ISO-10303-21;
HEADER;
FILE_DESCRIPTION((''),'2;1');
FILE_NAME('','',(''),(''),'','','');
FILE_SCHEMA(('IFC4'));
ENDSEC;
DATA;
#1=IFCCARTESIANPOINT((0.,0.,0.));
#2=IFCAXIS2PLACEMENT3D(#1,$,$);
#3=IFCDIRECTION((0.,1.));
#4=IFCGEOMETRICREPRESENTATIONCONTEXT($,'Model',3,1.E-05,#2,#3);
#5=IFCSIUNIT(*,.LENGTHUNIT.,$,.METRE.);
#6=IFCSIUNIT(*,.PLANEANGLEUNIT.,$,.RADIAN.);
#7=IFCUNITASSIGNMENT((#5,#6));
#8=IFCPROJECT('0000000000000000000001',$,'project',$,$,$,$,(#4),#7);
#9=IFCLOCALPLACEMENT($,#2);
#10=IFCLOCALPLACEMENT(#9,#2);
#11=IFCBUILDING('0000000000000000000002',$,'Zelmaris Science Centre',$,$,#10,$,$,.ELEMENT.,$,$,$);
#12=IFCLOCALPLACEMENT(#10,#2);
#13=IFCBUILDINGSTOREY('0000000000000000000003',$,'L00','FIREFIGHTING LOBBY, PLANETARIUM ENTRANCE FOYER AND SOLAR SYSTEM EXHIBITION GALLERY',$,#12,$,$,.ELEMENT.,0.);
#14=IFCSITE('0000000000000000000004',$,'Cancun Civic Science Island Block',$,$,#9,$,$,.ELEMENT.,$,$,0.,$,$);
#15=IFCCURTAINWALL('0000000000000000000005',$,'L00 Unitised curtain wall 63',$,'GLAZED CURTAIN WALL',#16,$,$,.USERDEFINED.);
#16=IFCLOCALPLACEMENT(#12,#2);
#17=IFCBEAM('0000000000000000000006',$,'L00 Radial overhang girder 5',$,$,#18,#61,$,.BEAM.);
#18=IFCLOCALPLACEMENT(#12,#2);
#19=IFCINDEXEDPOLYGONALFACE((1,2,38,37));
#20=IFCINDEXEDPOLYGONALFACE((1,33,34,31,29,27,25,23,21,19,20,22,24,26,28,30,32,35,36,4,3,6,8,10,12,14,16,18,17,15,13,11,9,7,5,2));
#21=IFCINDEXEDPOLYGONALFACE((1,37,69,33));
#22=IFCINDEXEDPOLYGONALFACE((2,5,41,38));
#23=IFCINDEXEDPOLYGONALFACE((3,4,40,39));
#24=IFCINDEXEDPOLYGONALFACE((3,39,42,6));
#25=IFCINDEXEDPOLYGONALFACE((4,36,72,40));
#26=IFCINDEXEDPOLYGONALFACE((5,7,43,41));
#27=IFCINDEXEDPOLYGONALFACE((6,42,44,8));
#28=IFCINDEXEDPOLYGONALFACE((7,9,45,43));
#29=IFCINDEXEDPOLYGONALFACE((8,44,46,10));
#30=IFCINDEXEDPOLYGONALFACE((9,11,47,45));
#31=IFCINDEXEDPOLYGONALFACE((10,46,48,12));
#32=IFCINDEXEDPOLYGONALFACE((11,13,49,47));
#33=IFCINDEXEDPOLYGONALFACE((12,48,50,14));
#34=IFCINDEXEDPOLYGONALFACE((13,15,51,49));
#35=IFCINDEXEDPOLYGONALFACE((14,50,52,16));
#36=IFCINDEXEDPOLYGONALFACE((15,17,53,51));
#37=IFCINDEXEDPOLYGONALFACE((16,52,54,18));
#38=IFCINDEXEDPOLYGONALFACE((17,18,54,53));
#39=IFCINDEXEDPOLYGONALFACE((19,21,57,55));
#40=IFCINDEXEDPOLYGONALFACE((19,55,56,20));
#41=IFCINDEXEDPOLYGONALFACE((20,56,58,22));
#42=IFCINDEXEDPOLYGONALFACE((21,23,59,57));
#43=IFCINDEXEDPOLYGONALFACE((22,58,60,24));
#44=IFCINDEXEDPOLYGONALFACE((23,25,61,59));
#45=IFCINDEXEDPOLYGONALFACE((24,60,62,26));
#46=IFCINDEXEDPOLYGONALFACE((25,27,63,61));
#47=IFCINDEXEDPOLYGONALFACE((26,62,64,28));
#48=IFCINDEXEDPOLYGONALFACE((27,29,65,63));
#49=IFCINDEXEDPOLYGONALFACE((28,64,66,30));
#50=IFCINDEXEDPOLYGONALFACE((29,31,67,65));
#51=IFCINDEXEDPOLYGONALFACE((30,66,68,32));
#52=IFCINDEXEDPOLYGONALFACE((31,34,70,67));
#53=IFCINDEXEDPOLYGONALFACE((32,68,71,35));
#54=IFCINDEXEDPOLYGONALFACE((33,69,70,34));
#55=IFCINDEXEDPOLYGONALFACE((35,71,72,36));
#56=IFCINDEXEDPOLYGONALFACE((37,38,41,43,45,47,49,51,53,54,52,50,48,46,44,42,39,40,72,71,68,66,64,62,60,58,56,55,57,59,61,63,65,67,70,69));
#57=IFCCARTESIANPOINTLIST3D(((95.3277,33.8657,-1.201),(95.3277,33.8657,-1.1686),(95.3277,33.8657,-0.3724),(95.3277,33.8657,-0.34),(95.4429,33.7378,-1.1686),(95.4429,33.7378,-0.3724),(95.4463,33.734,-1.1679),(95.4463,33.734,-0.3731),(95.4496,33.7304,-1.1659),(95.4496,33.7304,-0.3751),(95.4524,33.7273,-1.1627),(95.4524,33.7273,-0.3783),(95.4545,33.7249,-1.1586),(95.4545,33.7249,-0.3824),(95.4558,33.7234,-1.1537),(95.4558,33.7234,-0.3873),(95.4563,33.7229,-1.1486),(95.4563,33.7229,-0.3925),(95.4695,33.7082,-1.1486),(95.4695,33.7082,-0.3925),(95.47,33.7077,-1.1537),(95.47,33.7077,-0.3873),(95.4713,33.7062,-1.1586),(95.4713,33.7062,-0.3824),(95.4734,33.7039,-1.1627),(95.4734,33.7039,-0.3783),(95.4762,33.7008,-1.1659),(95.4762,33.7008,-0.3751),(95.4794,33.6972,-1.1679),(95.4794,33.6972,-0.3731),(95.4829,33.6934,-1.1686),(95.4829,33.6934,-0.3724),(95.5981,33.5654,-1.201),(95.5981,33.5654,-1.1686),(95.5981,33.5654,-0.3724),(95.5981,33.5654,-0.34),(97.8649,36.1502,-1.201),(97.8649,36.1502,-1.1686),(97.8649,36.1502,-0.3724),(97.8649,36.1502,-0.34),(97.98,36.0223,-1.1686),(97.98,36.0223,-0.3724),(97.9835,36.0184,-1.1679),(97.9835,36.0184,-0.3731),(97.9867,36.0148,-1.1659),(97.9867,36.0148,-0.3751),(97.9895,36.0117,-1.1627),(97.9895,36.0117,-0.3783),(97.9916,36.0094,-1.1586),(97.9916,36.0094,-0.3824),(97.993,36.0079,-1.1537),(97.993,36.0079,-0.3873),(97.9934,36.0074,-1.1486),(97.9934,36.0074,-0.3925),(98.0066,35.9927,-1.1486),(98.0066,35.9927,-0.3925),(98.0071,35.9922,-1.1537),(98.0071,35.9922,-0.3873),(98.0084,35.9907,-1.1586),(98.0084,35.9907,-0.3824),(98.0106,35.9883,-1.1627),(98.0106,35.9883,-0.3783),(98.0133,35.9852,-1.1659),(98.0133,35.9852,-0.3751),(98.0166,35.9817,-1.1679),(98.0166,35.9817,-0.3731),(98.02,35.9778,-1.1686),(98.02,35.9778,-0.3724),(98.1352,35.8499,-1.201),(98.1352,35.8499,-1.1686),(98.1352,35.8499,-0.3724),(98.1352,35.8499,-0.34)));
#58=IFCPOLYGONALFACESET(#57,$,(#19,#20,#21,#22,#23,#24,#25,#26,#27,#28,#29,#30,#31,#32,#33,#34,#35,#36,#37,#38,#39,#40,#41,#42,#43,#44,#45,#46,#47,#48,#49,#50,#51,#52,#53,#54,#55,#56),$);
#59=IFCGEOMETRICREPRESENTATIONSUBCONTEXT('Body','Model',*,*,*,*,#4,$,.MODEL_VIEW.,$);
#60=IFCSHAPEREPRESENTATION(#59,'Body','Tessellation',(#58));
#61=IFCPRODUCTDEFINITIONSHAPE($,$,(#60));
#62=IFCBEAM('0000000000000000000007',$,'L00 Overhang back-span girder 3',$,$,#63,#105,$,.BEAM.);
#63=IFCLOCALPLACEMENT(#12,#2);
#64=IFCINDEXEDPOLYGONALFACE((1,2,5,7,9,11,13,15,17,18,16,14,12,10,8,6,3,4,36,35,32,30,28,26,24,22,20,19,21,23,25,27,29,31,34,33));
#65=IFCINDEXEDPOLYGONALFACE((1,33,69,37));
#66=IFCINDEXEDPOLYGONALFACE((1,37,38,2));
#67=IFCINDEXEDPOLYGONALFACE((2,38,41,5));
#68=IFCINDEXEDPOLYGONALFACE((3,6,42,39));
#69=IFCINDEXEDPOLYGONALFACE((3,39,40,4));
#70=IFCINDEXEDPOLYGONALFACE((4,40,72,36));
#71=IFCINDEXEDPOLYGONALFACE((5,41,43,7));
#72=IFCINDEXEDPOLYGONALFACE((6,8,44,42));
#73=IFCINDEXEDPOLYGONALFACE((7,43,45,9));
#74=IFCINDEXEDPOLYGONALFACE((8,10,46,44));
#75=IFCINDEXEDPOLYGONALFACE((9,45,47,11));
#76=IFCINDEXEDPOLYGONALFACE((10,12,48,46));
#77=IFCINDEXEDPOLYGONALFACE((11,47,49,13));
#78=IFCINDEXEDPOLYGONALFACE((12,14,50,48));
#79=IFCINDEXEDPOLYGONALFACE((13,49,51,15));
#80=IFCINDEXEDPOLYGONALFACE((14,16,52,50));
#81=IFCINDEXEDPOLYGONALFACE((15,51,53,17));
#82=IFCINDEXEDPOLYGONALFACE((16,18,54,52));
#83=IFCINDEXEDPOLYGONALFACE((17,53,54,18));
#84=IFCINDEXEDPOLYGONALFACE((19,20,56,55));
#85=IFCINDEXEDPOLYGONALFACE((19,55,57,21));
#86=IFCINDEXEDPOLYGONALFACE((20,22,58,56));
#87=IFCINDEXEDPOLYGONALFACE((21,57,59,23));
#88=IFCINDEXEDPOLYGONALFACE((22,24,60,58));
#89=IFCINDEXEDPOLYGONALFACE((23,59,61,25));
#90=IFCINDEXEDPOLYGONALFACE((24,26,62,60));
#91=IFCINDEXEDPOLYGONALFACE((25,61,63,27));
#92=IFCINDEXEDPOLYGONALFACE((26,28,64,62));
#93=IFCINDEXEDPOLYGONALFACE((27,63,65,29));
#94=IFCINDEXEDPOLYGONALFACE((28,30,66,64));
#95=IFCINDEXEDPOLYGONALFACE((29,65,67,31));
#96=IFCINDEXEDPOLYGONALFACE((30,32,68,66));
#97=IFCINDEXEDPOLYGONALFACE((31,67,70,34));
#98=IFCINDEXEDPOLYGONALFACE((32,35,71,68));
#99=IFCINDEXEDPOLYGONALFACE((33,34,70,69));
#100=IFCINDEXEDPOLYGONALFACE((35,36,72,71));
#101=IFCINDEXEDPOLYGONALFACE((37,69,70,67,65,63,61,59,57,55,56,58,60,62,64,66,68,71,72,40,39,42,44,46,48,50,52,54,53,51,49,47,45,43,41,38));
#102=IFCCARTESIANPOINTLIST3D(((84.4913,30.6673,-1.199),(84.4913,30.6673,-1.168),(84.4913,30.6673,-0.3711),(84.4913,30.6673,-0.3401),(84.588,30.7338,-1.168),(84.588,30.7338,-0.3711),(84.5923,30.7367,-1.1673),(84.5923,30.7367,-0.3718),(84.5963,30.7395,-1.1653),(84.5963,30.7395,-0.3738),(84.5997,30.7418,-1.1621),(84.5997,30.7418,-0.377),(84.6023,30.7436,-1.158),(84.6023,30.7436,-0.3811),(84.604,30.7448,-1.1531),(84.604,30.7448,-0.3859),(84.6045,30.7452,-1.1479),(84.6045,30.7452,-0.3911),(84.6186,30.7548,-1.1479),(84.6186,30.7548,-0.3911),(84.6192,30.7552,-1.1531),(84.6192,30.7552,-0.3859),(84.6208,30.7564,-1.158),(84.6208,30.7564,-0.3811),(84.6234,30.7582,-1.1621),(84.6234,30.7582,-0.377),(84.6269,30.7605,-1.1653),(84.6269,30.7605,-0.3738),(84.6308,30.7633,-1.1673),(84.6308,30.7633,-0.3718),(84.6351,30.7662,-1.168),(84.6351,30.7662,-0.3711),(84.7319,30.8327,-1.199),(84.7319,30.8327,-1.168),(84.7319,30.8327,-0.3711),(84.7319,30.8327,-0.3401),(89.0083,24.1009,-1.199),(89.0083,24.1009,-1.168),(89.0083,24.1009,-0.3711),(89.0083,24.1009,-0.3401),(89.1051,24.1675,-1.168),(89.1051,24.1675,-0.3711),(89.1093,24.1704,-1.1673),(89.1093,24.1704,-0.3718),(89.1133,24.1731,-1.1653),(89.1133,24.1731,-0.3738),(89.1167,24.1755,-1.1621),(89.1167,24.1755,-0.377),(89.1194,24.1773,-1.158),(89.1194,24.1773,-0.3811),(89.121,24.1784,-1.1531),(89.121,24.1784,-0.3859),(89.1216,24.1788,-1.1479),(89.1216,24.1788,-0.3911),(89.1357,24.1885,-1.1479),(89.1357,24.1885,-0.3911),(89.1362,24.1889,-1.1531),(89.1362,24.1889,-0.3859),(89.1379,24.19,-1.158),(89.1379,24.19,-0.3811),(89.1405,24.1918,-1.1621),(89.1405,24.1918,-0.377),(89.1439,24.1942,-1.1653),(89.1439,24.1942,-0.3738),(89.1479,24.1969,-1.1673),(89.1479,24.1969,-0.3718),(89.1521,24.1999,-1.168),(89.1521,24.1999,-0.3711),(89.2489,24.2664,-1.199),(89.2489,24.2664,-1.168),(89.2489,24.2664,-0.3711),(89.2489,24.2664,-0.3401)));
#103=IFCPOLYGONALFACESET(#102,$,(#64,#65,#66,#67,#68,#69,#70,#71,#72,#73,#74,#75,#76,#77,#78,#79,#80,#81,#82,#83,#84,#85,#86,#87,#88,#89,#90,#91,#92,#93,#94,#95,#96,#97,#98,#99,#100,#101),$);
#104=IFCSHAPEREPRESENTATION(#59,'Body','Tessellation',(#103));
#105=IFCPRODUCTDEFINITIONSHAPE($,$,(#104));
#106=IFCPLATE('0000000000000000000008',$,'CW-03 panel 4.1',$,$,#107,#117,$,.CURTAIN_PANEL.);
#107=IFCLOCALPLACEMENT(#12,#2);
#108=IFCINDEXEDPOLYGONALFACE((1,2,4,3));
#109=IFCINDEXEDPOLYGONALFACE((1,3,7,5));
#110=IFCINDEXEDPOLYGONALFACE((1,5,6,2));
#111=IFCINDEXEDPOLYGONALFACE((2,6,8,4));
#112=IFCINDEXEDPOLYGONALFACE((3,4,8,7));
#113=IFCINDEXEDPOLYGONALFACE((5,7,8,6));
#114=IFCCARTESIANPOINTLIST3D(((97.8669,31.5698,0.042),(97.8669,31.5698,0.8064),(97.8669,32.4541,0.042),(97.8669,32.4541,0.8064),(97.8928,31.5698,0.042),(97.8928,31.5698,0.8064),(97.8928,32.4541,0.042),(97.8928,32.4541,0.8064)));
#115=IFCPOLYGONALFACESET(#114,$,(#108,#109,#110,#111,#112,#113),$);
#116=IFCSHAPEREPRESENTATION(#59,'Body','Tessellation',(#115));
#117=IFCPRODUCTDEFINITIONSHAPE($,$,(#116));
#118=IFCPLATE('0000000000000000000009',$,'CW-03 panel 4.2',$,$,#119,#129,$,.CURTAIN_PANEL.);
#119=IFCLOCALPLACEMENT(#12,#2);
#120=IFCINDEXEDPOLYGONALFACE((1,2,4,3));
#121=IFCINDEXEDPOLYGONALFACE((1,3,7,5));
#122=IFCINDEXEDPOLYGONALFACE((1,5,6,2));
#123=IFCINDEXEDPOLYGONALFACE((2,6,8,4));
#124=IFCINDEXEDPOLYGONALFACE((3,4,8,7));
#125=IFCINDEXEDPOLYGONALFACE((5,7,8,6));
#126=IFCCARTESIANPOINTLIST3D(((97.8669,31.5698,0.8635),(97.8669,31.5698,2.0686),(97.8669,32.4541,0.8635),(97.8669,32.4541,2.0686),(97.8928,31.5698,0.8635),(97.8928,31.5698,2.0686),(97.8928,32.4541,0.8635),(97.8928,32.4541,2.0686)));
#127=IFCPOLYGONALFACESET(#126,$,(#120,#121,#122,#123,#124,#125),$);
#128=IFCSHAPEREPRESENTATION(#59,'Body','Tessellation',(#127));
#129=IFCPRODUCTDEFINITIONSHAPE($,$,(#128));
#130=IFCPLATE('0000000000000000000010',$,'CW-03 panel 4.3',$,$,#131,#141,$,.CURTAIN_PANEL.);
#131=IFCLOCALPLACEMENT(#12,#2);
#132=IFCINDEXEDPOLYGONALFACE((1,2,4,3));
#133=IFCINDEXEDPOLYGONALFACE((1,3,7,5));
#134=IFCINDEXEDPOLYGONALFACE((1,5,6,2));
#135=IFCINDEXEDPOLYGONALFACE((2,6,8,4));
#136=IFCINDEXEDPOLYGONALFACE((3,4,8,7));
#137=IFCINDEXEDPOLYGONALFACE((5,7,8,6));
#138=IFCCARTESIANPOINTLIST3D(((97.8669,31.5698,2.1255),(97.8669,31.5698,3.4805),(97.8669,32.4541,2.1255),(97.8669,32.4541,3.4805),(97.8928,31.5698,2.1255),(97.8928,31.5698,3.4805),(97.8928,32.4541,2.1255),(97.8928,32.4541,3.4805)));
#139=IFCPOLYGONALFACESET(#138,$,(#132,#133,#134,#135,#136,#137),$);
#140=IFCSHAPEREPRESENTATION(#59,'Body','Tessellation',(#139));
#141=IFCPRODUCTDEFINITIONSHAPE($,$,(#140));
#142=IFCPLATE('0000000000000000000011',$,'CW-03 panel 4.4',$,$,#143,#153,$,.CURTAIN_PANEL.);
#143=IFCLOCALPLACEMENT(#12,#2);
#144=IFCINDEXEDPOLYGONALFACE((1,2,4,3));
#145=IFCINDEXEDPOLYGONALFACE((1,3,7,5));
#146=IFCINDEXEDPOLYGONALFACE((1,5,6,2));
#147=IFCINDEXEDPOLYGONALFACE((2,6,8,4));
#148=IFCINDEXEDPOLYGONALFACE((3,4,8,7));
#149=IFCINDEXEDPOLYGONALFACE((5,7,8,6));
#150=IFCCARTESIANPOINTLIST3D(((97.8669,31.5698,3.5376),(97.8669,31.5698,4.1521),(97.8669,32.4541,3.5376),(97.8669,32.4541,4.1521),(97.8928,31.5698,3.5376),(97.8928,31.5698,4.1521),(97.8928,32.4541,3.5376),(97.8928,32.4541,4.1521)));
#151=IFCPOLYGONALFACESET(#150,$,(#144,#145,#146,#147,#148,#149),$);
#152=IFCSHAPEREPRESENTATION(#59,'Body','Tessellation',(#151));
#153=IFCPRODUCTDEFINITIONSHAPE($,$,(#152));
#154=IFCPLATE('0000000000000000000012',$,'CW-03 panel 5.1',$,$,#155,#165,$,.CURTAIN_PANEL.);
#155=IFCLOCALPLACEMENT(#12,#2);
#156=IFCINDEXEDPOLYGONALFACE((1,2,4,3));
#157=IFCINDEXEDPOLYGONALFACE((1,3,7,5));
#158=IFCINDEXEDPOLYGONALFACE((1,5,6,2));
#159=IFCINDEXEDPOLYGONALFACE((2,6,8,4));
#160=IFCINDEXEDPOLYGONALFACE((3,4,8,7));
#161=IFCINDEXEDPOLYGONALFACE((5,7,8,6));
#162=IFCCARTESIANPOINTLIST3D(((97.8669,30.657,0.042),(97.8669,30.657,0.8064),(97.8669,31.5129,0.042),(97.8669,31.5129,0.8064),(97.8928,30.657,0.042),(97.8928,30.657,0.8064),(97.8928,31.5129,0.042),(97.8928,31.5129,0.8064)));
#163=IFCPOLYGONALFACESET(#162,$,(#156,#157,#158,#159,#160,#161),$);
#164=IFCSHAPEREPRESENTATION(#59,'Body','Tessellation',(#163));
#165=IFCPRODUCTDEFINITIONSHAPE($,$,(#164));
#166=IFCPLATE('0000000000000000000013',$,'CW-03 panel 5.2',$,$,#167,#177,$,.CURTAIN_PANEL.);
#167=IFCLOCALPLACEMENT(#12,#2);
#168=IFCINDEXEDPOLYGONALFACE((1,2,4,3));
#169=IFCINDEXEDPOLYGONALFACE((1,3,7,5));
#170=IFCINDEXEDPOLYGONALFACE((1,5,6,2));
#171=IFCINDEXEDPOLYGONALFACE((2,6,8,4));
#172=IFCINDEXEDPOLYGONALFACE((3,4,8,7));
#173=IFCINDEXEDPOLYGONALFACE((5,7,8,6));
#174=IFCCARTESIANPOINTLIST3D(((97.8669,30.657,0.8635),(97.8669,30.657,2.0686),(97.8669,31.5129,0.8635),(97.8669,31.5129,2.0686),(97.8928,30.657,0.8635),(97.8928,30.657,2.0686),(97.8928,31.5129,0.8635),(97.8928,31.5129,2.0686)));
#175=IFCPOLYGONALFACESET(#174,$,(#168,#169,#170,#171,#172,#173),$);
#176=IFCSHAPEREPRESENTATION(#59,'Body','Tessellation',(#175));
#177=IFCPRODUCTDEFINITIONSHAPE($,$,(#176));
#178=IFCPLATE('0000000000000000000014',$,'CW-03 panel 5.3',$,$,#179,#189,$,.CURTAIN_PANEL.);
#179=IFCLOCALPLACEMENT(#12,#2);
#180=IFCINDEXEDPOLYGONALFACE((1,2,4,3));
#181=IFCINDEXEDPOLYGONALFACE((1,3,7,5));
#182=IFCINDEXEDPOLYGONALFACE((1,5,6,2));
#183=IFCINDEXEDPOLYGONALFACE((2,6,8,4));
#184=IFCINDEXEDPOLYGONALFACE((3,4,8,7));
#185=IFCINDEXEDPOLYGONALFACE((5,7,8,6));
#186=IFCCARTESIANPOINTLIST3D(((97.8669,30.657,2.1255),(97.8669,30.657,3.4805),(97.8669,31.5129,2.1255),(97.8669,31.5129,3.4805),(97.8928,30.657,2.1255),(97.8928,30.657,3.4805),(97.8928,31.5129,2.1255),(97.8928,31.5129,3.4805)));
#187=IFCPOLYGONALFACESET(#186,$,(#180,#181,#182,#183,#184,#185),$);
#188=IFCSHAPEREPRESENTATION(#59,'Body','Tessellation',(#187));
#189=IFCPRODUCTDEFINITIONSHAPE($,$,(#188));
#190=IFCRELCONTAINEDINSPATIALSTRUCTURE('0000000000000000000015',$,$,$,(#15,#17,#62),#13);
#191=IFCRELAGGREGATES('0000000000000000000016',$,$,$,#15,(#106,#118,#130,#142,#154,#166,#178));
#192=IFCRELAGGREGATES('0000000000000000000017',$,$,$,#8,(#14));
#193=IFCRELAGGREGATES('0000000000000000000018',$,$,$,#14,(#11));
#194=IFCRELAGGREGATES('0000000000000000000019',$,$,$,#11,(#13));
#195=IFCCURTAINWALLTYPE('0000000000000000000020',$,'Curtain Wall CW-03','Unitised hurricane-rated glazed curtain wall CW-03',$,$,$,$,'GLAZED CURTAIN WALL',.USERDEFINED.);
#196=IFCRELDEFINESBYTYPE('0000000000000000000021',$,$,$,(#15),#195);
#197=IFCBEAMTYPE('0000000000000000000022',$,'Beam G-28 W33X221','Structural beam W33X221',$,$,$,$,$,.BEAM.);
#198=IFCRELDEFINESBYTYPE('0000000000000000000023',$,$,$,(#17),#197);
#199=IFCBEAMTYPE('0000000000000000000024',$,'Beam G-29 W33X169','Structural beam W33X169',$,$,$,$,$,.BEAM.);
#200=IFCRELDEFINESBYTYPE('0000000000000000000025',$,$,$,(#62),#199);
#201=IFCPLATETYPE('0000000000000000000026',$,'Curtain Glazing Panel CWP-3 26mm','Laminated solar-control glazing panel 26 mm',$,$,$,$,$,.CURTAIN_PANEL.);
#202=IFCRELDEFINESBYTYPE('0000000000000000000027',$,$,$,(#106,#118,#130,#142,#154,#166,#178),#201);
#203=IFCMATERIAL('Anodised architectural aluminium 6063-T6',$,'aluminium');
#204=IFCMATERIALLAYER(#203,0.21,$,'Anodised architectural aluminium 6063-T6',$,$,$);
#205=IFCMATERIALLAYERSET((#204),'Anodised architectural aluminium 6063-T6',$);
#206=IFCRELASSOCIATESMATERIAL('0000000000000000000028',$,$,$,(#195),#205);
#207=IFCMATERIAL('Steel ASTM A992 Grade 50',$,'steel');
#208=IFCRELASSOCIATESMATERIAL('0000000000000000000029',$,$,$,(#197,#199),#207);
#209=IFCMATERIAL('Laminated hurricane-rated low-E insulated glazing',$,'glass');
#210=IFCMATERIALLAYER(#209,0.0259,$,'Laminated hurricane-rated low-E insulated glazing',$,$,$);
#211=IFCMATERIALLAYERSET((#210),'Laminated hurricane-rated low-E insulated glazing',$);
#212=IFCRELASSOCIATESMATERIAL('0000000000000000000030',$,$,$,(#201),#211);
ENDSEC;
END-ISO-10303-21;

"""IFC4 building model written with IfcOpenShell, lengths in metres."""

from ifc_helpers import new_model, si_unit, direction, frame, origin, origin_2d, place, context, subcontext, project, spatial, rectangle, i_section, extrude, material, layer, layer_set, material_profile, profile_set, type_object, element, aggregate, save


model = new_model("IFC4")

# Units and contexts
model_context = context("Model", 3, precision=1e-05, world=origin(), true_north=direction((0.0, 1.0)))
body_context = subcontext(model_context, "Body", "Model", "MODEL_VIEW")
ifc_project = project(units=[si_unit("LENGTHUNIT", "METRE"), si_unit("PLANEANGLEUNIT", "RADIAN")], contexts=[model_context])

# Site, building, storey
site_placement = place(None, origin())
site = spatial("IfcSite", under=ifc_project, at=site_placement, Name="Cancun Civic Science Island Block", CompositionType="ELEMENT", RefElevation=0.0)
building_placement = place(site_placement, origin())
building = spatial("IfcBuilding", under=site, at=building_placement, Name="Zelmaris Science Centre", CompositionType="ELEMENT")
storey_placement = place(building_placement, origin())
storey = spatial("IfcBuildingStorey", under=building, at=storey_placement, Name="L00", Description="FIREFIGHTING LOBBY, PLANETARIUM ENTRANCE FOYER AND SOLAR SYSTEM EXHIBITION GALLERY", CompositionType="ELEMENT", Elevation=0.0)

# Shared definitions
ifc_material_1 = material(Name="Steel ASTM A992 Grade 50", Category="steel")

# Curtain wall
ifc_material_2 = material(Name="Anodised architectural aluminium 6063-T6", Category="aluminium")
ifc_layer_1 = layer(ifc_material_2, 0.21, Name="Anodised architectural aluminium 6063-T6")
ifc_layer_set_1 = layer_set([ifc_layer_1], Name="Anodised architectural aluminium 6063-T6")
curtain_wall_type = type_object("IfcCurtainWallType", Name="Curtain Wall CW-03", Description="Unitised hurricane-rated glazed curtain wall CW-03", ElementType="GLAZED CURTAIN WALL", PredefinedType="USERDEFINED", material=ifc_layer_set_1)
curtain_wall_placement = place(storey_placement, origin())
curtain_wall = element("IfcCurtainWall", 1, at=curtain_wall_placement, inside=storey, type_object=curtain_wall_type, Name="L00 Unitised curtain wall 63", ObjectType="GLAZED CURTAIN WALL", PredefinedType="USERDEFINED")

# Beams
ifc_material_profile_1 = material_profile(ifc_material_1, i_section(OverallWidth=0.4041, OverallDepth=0.8611, WebThickness=0.0198, FlangeThickness=0.0325, FilletRadius=0.02, at=origin_2d()), Name="W33X221")
ifc_profile_set_1 = profile_set([ifc_material_profile_1], Name="Steel ASTM A992 Grade 50")
beam_type_1 = type_object("IfcBeamType", Name="Beam G-28 W33X221", Description="Structural beam W33X221", PredefinedType="BEAM", material=ifc_profile_set_1)
beam_1_placement = place(storey_placement, frame((95.4629, 33.7156, -0.7705), z_axis=(0.743145, 0.669131, 0.0), x_axis=(-0.669131, 0.743145, 0.0)))
element("IfcBeam", 2, at=beam_1_placement, inside=storey, type_object=beam_type_1, Name="L00 Radial overhang girder 5", PredefinedType="BEAM", context=body_context, shape_type="SweptSolid", body=[
    extrude(i_section(OverallWidth=0.4041, OverallDepth=0.8611, WebThickness=0.0198, FlangeThickness=0.0325, FilletRadius=0.02, at=origin_2d()), origin(), (0.0, 0.0, 1.0), 3.4141),
])
ifc_material_profile_2 = material_profile(ifc_material_1, i_section(OverallWidth=0.292, OverallDepth=0.8589, WebThickness=0.0171, FlangeThickness=0.031, FilletRadius=0.02, at=origin_2d()), Name="W33X169")
ifc_profile_set_2 = profile_set([ifc_material_profile_2], Name="Steel ASTM A992 Grade 50")
beam_type_2 = type_object("IfcBeamType", Name="Beam G-29 W33X169", Description="Structural beam W33X169", PredefinedType="BEAM", material=ifc_profile_set_2)
beam_2_placement = place(storey_placement, frame((84.6116, 30.75, -0.7695), z_axis=(0.566758, -0.823885, 0.0), x_axis=(0.823885, 0.566758, 0.0)))
element("IfcBeam", 3, at=beam_2_placement, inside=storey, type_object=beam_type_2, Name="L00 Overhang back-span girder 3", PredefinedType="BEAM", context=body_context, shape_type="SweptSolid", body=[
    extrude(i_section(OverallWidth=0.292, OverallDepth=0.8589, WebThickness=0.0171, FlangeThickness=0.031, FilletRadius=0.02, at=origin_2d()), origin(), (0.0, 0.0, 1.0), 7.97),
])

# Plates
ifc_material_3 = material(Name="Laminated hurricane-rated low-E insulated glazing", Category="glass")
ifc_layer_2 = layer(ifc_material_3, 0.0259, Name="Laminated hurricane-rated low-E insulated glazing")
ifc_layer_set_2 = layer_set([ifc_layer_2], Name="Laminated hurricane-rated low-E insulated glazing")
plate_type = type_object("IfcPlateType", Name="Curtain Glazing Panel CWP-3 26mm", Description="Laminated solar-control glazing panel 26 mm", PredefinedType="CURTAIN_PANEL", material=ifc_layer_set_2)
plate_1_placement = place(storey_placement, frame((97.8799, 32.012, 0.042), z_axis=(0.0, 0.0, 1.0), x_axis=(0.0, -1.0, 0.0)))
plate_1 = element("IfcPlate", 4, at=plate_1_placement, type_object=plate_type, Name="CW-03 panel 4.1", PredefinedType="CURTAIN_PANEL", context=body_context, shape_type="SweptSolid", body=[
    extrude(rectangle(XDim=0.8843, YDim=0.0259, at=origin_2d()), origin(), (0.0, 0.0, 1.0), 0.7644),
])
plate_2_placement = place(storey_placement, frame((97.8799, 32.012, 0.8635), z_axis=(0.0, 0.0, 1.0), x_axis=(0.0, -1.0, 0.0)))
plate_2 = element("IfcPlate", 5, at=plate_2_placement, type_object=plate_type, Name="CW-03 panel 4.2", PredefinedType="CURTAIN_PANEL", context=body_context, shape_type="SweptSolid", body=[
    extrude(rectangle(XDim=0.8843, YDim=0.0259, at=origin_2d()), origin(), (0.0, 0.0, 1.0), 1.2051),
])
plate_3_placement = place(storey_placement, frame((97.8799, 32.012, 2.1255), z_axis=(0.0, 0.0, 1.0), x_axis=(0.0, -1.0, 0.0)))
plate_3 = element("IfcPlate", 6, at=plate_3_placement, type_object=plate_type, Name="CW-03 panel 4.3", PredefinedType="CURTAIN_PANEL", context=body_context, shape_type="SweptSolid", body=[
    extrude(rectangle(XDim=0.8843, YDim=0.0259, at=origin_2d()), origin(), (0.0, 0.0, 1.0), 1.355),
])
plate_4_placement = place(storey_placement, frame((97.8799, 32.012, 3.5376), z_axis=(0.0, 0.0, 1.0), x_axis=(0.0, -1.0, 0.0)))
plate_4 = element("IfcPlate", 7, at=plate_4_placement, type_object=plate_type, Name="CW-03 panel 4.4", PredefinedType="CURTAIN_PANEL", context=body_context, shape_type="SweptSolid", body=[
    extrude(rectangle(XDim=0.8843, YDim=0.0259, at=origin_2d()), origin(), (0.0, 0.0, 1.0), 0.6145),
])
plate_5_placement = place(storey_placement, frame((97.8799, 31.085, 0.042), z_axis=(0.0, 0.0, 1.0), x_axis=(0.0, -1.0, 0.0)))
plate_5 = element("IfcPlate", 8, at=plate_5_placement, type_object=plate_type, Name="CW-03 panel 5.1", PredefinedType="CURTAIN_PANEL", context=body_context, shape_type="SweptSolid", body=[
    extrude(rectangle(XDim=0.856, YDim=0.0259, at=origin_2d()), origin(), (0.0, 0.0, 1.0), 0.7644),
])
plate_6_placement = place(storey_placement, frame((97.8799, 31.085, 0.8635), z_axis=(0.0, 0.0, 1.0), x_axis=(0.0, -1.0, 0.0)))
plate_6 = element("IfcPlate", 9, at=plate_6_placement, type_object=plate_type, Name="CW-03 panel 5.2", PredefinedType="CURTAIN_PANEL", context=body_context, shape_type="SweptSolid", body=[
    extrude(rectangle(XDim=0.856, YDim=0.0259, at=origin_2d()), origin(), (0.0, 0.0, 1.0), 1.2051),
])
plate_7_placement = place(storey_placement, frame((97.8799, 31.085, 2.1255), z_axis=(0.0, 0.0, 1.0), x_axis=(0.0, -1.0, 0.0)))
plate_7 = element("IfcPlate", 10, at=plate_7_placement, type_object=plate_type, Name="CW-03 panel 5.3", PredefinedType="CURTAIN_PANEL", context=body_context, shape_type="SweptSolid", body=[
    extrude(rectangle(XDim=0.856, YDim=0.0259, at=origin_2d()), origin(), (0.0, 0.0, 1.0), 1.355),
])
aggregate(curtain_wall, [plate_1, plate_2, plate_3, plate_4, plate_5, plate_6, plate_7])

save(model, "model.ifc")
